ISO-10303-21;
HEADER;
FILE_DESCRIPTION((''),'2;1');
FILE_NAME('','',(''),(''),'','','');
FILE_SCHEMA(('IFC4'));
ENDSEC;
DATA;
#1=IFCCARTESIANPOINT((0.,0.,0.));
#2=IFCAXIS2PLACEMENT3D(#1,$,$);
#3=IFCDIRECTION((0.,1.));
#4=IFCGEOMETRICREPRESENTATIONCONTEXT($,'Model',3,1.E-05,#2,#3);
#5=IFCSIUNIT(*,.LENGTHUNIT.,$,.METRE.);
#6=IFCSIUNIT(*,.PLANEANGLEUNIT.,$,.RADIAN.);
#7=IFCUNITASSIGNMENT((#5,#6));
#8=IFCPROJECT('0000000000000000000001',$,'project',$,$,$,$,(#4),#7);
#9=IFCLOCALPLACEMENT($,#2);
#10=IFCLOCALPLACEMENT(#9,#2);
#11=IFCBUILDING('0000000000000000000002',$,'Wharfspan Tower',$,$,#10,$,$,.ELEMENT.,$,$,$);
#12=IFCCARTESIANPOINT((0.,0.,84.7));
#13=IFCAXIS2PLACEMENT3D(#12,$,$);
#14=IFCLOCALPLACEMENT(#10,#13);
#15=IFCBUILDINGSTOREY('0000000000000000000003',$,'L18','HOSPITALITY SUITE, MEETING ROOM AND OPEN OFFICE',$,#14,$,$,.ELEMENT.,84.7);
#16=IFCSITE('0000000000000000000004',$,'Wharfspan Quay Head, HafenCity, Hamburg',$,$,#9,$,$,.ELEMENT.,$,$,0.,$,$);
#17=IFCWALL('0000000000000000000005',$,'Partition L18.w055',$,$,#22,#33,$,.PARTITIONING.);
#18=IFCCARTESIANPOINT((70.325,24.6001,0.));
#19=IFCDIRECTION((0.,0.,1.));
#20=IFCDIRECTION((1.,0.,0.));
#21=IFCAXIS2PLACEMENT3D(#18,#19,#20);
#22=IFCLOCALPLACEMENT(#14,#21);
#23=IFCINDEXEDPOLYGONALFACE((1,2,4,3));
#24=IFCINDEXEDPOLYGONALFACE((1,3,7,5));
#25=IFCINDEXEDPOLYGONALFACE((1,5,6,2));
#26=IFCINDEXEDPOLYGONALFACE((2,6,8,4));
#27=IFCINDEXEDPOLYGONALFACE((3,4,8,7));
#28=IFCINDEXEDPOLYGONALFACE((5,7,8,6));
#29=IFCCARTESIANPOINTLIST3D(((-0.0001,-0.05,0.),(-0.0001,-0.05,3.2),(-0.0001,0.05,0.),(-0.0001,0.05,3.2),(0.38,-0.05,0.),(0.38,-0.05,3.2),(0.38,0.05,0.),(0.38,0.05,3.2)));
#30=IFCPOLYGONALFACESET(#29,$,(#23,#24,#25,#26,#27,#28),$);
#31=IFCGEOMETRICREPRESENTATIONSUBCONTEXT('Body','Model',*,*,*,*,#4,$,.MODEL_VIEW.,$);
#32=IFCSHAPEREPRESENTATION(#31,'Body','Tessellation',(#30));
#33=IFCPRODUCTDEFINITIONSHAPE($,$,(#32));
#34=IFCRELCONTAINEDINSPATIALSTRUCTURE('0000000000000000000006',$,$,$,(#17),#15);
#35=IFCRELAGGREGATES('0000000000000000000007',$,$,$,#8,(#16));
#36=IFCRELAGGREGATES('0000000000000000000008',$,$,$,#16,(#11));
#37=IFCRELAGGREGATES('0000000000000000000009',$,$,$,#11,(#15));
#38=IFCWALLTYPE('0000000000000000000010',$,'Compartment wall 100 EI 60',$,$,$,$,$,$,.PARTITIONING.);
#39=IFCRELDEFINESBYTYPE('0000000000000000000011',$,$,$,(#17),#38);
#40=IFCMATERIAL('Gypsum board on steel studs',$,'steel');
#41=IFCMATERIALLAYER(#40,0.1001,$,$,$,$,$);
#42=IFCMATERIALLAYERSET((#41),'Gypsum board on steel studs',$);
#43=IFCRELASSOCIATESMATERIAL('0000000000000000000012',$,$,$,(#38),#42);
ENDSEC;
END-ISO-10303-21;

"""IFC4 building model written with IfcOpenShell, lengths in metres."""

from ifc_helpers import new_model, si_unit, direction, frame, frame_2d, origin, place, context, subcontext, project, spatial, rectangle, extrude, material, layer, layer_set, type_object, element, save


model = new_model("IFC4")

# Units and contexts
model_context = context("Model", 3, precision=1e-05, world=origin(), true_north=direction((0.0, 1.0)))
body_context = subcontext(model_context, "Body", "Model", "MODEL_VIEW")
ifc_project = project(units=[si_unit("LENGTHUNIT", "METRE"), si_unit("PLANEANGLEUNIT", "RADIAN")], contexts=[model_context])

# Site, building, storey
site_placement = place(None, origin())
site = spatial("IfcSite", under=ifc_project, at=site_placement, Name="Wharfspan Quay Head, HafenCity, Hamburg", CompositionType="ELEMENT", RefElevation=0.0)
building_placement = place(site_placement, origin())
building = spatial("IfcBuilding", under=site, at=building_placement, Name="Wharfspan Tower", CompositionType="ELEMENT")
storey_placement = place(building_placement, frame((0.0, 0.0, 84.7)))
storey = spatial("IfcBuildingStorey", under=building, at=storey_placement, Name="L18", Description="HOSPITALITY SUITE, MEETING ROOM AND OPEN OFFICE", CompositionType="ELEMENT", Elevation=84.7)

# Shared definitions
ifc_material_1 = material(Name="Gypsum board on steel studs", Category="steel")
ifc_layer_1 = layer(ifc_material_1, 0.1001)
ifc_layer_set_1 = layer_set([ifc_layer_1], Name="Gypsum board on steel studs")
wall_type_1 = type_object("IfcWallType", Name="Compartment wall 100 EI 60", PredefinedType="PARTITIONING", material=ifc_layer_set_1)

# Wall
wall_1_placement = place(storey_placement, frame((70.325, 24.6001, 0.0), z_axis=(0.0, 0.0, 1.0), x_axis=(1.0, 0.0, 0.0)))
element("IfcWall", 1, at=wall_1_placement, inside=storey, type_object=wall_type_1, Name="Partition L18.w055", PredefinedType="PARTITIONING", context=body_context, shape_type="SweptSolid", body=[
    extrude(rectangle(XDim=0.3801, YDim=0.1001, at=frame_2d((0.1899, 0.0))), origin(), (0.0, 0.0, 1.0), 3.2),
])

save(model, "model.ifc")
